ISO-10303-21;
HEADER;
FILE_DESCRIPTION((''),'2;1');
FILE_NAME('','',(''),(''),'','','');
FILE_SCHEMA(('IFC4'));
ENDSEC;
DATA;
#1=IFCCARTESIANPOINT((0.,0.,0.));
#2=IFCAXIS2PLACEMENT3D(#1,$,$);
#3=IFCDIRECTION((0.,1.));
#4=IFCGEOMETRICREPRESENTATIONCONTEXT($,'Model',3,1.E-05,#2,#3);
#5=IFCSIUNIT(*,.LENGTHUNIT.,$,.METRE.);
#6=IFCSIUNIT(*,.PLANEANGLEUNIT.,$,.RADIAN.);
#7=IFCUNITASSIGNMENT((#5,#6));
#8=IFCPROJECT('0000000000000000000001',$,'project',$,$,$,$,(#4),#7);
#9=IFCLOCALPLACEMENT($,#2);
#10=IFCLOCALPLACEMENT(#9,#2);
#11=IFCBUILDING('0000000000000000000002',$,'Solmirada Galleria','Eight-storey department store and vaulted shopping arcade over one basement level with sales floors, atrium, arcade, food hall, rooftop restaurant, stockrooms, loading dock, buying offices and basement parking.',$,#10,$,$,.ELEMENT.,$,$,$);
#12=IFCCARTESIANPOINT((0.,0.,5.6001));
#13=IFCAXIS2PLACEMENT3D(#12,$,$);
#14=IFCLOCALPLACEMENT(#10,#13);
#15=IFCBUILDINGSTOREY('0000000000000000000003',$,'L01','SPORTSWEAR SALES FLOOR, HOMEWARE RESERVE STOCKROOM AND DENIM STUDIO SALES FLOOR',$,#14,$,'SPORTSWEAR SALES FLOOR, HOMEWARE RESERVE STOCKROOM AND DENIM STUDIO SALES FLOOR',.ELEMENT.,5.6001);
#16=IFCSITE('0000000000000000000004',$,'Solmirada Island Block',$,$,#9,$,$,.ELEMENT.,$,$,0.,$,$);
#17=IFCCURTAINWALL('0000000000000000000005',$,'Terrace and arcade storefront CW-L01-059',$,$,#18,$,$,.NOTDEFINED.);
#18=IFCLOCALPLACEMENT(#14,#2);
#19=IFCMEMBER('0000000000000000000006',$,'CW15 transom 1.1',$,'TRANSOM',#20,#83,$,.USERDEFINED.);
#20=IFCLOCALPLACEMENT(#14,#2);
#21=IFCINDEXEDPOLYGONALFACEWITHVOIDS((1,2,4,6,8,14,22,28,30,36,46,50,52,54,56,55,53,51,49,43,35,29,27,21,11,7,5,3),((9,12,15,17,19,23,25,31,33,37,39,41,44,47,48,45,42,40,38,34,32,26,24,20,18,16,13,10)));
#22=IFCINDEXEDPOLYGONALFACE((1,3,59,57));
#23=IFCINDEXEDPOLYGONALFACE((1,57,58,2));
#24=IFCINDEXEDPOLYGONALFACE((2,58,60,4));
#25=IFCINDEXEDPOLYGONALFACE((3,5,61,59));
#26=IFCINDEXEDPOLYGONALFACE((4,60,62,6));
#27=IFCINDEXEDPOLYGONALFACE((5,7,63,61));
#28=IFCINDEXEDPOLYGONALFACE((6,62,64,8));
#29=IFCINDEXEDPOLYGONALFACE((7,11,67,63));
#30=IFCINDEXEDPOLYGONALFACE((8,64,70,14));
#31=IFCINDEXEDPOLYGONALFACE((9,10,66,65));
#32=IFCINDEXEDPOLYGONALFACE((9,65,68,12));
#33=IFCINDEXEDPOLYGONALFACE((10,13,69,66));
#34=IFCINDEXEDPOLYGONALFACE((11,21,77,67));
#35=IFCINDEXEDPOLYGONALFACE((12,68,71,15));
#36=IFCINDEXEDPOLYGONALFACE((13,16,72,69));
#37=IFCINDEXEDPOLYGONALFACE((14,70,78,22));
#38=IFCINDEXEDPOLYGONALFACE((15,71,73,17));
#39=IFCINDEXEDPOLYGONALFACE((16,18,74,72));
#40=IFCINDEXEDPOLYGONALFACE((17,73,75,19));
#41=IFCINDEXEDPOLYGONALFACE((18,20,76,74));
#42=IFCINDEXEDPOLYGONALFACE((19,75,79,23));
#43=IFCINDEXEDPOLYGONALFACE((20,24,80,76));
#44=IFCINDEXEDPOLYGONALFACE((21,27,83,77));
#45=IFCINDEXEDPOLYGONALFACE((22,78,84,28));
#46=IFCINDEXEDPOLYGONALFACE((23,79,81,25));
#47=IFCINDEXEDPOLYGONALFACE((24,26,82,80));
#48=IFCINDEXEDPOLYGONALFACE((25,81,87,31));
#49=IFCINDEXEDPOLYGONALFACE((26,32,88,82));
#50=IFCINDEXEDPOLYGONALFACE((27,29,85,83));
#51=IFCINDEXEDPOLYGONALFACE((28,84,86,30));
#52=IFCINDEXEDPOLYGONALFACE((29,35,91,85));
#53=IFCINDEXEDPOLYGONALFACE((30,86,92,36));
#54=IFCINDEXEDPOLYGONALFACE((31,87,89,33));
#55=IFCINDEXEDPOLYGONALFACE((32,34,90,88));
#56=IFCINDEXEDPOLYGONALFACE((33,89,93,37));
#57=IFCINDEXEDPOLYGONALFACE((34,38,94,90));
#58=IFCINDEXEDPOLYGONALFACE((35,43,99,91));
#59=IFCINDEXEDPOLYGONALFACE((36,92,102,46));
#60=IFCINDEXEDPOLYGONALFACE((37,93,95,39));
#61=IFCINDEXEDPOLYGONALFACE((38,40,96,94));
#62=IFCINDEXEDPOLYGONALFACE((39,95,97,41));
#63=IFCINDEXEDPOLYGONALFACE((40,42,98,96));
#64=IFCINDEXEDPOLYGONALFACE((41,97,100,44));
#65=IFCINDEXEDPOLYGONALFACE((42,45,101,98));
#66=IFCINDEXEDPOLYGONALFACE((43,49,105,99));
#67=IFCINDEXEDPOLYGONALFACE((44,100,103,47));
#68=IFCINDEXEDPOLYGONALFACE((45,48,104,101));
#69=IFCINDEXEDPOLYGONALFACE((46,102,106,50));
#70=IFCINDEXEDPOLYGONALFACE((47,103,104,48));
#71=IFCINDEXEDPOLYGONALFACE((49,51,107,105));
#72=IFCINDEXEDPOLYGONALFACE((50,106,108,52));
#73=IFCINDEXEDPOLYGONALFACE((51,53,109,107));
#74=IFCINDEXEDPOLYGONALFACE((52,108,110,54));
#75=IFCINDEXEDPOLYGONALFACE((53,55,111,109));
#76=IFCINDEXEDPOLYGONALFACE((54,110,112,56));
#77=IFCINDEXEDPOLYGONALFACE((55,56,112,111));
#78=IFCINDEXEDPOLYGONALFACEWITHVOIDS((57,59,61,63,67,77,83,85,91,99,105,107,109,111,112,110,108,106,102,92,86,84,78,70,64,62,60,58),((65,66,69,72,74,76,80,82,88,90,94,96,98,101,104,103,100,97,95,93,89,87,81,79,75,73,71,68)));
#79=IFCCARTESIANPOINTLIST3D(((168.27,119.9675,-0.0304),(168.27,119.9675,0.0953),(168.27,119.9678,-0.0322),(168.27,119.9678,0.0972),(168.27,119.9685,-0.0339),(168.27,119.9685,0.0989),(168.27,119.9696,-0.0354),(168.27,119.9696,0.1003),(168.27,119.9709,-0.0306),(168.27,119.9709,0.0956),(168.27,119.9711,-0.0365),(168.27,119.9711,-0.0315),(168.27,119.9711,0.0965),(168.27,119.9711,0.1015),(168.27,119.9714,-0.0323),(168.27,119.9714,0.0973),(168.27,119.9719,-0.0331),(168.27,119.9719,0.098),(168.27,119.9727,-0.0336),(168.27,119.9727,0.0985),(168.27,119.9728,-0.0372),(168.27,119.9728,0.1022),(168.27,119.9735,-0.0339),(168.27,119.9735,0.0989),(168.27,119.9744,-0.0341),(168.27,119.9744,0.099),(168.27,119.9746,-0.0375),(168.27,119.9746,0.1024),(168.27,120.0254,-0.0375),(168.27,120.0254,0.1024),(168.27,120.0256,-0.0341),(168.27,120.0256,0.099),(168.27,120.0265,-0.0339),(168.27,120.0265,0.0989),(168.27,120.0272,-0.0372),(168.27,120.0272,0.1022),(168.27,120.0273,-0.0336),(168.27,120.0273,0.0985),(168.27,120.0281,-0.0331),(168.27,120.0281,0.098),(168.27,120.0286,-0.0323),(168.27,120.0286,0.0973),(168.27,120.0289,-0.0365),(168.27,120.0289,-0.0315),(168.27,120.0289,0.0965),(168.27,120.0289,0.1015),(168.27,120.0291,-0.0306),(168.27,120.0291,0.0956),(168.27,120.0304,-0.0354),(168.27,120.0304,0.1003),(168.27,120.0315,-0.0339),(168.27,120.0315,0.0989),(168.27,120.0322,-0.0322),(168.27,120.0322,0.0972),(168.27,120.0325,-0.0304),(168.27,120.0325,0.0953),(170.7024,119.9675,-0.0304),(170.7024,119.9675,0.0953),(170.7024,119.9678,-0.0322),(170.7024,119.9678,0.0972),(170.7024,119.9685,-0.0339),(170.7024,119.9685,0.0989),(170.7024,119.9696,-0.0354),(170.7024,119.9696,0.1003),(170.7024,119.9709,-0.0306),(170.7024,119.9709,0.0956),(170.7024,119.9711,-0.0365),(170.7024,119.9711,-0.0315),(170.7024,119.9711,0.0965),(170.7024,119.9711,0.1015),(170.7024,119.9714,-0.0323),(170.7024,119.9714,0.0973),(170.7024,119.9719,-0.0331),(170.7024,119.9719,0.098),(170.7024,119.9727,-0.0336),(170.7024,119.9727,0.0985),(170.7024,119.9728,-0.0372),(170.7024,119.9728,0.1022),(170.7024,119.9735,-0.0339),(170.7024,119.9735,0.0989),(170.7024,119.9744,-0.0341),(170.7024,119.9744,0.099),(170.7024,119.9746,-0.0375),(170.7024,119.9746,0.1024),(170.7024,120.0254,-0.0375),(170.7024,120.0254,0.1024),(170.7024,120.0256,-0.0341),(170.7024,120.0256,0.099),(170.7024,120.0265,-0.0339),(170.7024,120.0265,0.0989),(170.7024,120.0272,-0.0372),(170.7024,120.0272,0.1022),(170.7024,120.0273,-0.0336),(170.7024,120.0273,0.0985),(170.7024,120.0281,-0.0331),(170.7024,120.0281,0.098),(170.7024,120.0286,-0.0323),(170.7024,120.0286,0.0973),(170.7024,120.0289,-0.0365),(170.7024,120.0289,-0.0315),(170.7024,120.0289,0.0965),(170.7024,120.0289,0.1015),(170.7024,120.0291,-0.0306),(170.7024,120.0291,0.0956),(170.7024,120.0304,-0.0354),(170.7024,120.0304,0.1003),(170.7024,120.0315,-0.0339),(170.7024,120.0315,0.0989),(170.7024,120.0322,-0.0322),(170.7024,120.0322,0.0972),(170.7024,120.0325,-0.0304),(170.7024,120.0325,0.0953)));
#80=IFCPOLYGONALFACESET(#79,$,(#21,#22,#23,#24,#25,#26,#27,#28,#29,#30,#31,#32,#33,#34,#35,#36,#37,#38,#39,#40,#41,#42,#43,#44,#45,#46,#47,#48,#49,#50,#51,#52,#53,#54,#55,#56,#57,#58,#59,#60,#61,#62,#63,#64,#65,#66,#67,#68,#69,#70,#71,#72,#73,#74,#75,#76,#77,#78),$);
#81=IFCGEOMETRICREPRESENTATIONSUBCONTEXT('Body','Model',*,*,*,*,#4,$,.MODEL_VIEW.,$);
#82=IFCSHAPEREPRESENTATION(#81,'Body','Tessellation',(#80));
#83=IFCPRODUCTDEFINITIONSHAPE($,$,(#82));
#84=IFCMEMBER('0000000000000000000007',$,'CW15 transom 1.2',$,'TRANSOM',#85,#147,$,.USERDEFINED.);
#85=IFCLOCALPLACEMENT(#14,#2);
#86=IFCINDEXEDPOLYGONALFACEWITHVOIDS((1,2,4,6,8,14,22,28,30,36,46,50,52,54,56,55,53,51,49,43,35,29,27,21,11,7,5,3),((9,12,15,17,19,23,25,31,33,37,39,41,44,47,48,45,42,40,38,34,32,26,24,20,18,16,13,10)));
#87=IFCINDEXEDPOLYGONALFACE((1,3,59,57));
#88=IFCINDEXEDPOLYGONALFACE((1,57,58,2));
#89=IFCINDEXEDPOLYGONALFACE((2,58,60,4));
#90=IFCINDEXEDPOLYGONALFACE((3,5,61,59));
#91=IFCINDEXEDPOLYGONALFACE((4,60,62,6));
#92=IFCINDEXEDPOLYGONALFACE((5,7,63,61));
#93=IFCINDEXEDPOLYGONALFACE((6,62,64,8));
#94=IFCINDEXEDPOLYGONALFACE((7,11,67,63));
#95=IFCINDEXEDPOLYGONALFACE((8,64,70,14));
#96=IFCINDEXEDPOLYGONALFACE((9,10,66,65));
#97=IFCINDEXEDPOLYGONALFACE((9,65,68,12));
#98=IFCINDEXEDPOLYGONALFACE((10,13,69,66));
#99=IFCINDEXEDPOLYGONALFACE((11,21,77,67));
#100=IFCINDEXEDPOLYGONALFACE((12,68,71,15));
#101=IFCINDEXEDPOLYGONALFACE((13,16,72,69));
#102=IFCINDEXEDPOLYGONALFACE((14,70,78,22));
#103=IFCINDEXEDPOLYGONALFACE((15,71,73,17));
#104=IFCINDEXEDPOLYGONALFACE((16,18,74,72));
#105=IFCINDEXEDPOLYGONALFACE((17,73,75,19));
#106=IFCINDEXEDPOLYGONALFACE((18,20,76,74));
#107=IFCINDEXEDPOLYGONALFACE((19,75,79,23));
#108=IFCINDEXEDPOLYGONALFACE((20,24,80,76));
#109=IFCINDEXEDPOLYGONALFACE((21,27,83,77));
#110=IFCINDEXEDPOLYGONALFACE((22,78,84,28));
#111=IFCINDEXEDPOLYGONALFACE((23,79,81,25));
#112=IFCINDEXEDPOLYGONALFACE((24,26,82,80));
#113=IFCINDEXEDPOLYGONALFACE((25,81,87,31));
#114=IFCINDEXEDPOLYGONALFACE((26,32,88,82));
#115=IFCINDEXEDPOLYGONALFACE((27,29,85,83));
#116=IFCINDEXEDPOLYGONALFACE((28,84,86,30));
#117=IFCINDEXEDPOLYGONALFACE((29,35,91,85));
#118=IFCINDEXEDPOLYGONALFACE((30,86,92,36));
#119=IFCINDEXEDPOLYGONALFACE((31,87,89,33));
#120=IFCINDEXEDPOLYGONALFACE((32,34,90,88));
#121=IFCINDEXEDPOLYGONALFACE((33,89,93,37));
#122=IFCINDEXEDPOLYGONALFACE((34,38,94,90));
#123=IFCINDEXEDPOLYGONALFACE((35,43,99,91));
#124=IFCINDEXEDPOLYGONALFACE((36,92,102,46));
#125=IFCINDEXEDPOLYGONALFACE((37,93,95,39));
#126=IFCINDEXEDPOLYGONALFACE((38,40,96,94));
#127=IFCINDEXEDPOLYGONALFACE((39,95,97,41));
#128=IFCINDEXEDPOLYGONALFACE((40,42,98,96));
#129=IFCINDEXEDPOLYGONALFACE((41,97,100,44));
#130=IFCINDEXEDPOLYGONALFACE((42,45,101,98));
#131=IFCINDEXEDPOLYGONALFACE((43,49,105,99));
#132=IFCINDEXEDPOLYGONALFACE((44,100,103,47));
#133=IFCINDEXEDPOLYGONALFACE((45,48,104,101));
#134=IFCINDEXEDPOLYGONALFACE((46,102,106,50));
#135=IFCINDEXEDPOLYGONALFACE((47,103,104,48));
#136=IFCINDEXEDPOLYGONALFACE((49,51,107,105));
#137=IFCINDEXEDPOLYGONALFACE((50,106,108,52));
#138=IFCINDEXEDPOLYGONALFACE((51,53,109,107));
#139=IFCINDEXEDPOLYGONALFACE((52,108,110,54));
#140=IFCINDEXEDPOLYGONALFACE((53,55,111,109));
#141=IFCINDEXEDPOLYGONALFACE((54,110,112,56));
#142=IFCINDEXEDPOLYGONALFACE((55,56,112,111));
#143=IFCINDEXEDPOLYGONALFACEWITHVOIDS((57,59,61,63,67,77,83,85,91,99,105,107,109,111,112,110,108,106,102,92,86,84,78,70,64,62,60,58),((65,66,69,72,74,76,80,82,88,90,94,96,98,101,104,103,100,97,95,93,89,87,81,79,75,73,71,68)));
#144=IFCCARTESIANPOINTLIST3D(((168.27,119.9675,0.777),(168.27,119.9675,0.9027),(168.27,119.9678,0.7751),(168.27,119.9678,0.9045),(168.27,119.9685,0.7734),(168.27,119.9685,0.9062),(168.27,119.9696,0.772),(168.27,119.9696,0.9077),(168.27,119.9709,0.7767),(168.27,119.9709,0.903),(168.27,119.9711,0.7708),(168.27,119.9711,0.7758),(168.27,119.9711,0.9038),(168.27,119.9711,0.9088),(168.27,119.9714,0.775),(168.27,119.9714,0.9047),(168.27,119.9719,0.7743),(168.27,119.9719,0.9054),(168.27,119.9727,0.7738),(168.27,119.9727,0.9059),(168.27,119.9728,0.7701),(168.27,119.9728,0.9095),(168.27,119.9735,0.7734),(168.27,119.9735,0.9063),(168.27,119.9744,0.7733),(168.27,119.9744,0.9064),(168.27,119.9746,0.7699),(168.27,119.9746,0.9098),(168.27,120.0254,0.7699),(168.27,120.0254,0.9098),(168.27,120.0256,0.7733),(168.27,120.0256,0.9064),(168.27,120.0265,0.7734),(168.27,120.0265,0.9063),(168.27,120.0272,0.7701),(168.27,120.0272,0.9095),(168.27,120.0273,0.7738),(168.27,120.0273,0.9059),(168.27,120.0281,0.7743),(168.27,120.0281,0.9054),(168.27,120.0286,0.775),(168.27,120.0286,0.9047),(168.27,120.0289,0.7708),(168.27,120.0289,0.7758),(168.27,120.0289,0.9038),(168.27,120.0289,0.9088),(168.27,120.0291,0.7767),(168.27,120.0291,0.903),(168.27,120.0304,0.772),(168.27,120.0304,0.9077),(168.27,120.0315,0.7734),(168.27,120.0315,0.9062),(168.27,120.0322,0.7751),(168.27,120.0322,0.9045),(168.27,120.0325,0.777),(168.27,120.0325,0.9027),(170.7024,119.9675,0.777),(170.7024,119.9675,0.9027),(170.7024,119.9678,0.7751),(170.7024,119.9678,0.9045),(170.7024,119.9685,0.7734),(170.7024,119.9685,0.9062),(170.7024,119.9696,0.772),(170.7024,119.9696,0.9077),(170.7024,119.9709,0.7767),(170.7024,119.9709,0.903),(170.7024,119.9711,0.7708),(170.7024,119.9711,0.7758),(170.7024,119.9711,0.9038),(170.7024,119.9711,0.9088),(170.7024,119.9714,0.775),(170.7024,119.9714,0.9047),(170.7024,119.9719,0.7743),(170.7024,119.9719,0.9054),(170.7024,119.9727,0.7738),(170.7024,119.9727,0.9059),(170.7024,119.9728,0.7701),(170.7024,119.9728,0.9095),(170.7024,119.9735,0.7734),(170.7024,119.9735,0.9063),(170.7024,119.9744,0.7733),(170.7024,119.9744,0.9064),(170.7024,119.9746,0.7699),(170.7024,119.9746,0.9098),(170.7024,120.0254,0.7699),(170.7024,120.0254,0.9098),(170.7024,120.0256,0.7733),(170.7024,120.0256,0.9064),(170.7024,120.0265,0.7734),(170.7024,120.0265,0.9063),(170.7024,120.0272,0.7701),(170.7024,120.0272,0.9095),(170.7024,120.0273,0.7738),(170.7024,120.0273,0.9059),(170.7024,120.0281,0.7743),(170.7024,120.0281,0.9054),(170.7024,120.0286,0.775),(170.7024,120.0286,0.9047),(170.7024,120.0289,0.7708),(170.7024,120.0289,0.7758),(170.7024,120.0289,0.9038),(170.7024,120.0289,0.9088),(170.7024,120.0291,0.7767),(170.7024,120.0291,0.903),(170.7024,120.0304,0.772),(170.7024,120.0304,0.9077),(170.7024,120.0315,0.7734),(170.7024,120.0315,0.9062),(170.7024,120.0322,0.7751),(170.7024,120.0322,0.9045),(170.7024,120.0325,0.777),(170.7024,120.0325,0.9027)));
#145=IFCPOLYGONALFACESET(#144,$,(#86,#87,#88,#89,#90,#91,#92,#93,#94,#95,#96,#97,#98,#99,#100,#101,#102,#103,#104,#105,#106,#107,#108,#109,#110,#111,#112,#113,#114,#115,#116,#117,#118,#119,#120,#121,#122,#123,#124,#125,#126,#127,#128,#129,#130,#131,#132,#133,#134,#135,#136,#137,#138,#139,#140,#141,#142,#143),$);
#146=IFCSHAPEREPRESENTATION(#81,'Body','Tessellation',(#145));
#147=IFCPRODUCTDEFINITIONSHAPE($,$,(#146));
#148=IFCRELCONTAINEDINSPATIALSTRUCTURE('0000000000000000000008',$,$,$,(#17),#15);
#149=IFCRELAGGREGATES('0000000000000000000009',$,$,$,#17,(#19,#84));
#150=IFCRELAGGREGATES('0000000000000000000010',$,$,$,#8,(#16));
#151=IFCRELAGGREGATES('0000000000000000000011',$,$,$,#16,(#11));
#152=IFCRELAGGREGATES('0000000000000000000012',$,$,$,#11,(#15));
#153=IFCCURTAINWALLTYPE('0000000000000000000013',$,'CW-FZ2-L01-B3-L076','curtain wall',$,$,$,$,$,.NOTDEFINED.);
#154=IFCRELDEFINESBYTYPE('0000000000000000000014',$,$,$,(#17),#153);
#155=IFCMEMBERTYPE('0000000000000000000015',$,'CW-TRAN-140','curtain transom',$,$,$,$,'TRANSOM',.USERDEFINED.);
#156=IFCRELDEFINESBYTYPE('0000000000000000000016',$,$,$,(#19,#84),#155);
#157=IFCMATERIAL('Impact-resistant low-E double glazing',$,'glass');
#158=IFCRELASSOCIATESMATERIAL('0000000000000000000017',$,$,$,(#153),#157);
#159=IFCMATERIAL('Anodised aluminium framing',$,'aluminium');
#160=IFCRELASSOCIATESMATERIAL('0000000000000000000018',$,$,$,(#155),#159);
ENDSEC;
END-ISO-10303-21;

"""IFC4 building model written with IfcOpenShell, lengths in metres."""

from ifc_helpers import new_model, si_unit, direction, frame, origin, origin_2d, place, context, subcontext, project, spatial, hollow_rectangle, extrude, material, material_profile, profile_set, type_object, element, aggregate, save


model = new_model("IFC4")

# Units and contexts
model_context = context("Model", 3, precision=1e-05, world=origin(), true_north=direction((0.0, 1.0)))
body_context = subcontext(model_context, "Body", "Model", "MODEL_VIEW")
ifc_project = project(units=[si_unit("LENGTHUNIT", "METRE"), si_unit("PLANEANGLEUNIT", "RADIAN")], contexts=[model_context])

# Site, building, storey
site_placement = place(None, origin())
site = spatial("IfcSite", under=ifc_project, at=site_placement, Name="Solmirada Island Block", CompositionType="ELEMENT", RefElevation=0.0)
building_placement = place(site_placement, origin())
building = spatial("IfcBuilding", under=site, at=building_placement, Name="Solmirada Galleria", Description="Eight-storey department store and vaulted shopping arcade over one basement level with sales floors, atrium, arcade, food hall, rooftop restaurant, stockrooms, loading dock, buying offices and basement parking.", CompositionType="ELEMENT")
storey_placement = place(building_placement, frame((0.0, 0.0, 5.6001)))
storey = spatial("IfcBuildingStorey", under=building, at=storey_placement, Name="L01", Description="SPORTSWEAR SALES FLOOR, HOMEWARE RESERVE STOCKROOM AND DENIM STUDIO SALES FLOOR", LongName="SPORTSWEAR SALES FLOOR, HOMEWARE RESERVE STOCKROOM AND DENIM STUDIO SALES FLOOR", CompositionType="ELEMENT", Elevation=5.6001)

# Curtain wall
ifc_material_1 = material(Name="Impact-resistant low-E double glazing", Category="glass")
curtain_wall_type = type_object("IfcCurtainWallType", Name="CW-FZ2-L01-B3-L076", Description="curtain wall", PredefinedType="NOTDEFINED", material=ifc_material_1)
curtain_wall_1_placement = place(storey_placement, origin())
curtain_wall_1 = element("IfcCurtainWall", 1, at=curtain_wall_1_placement, inside=storey, type_object=curtain_wall_type, Name="Terrace and arcade storefront CW-L01-059", PredefinedType="NOTDEFINED")
ifc_material_2 = material(Name="Anodised aluminium framing", Category="aluminium")

# Members
ifc_material_profile_1 = material_profile(ifc_material_2, hollow_rectangle(XDim=0.0649, YDim=0.1399, WallThickness=0.0034, InnerFilletRadius=0.0034, OuterFilletRadius=0.0071, at=origin_2d()), Name="ALU-TRAN-140X65")
ifc_profile_set_1 = profile_set([ifc_material_profile_1], Name="Anodised aluminium framing")
member_type_1 = type_object("IfcMemberType", Name="CW-TRAN-140", Description="curtain transom", ElementType="TRANSOM", PredefinedType="USERDEFINED", material=ifc_profile_set_1)
member_1_placement = place(storey_placement, frame((168.27, 120.0, 0.0325), z_axis=(1.0, 0.0, 0.0), x_axis=(0.0, 1.0, 0.0)))
member_1 = element("IfcMember", 2, at=member_1_placement, type_object=member_type_1, Name="CW15 transom 1.1", ObjectType="TRANSOM", PredefinedType="USERDEFINED", context=body_context, shape_type="SweptSolid", body=[
    extrude(hollow_rectangle(XDim=0.0649, YDim=0.1399, WallThickness=0.0034, InnerFilletRadius=0.0034, OuterFilletRadius=0.0071, at=origin_2d()), origin(), (0.0, 0.0, 1.0), 2.4324),
])
member_2_placement = place(storey_placement, frame((168.27, 120.0, 0.8398), z_axis=(1.0, 0.0, 0.0), x_axis=(0.0, 1.0, 0.0)))
member_2 = element("IfcMember", 3, at=member_2_placement, type_object=member_type_1, Name="CW15 transom 1.2", ObjectType="TRANSOM", PredefinedType="USERDEFINED", context=body_context, shape_type="SweptSolid", body=[
    extrude(hollow_rectangle(XDim=0.0649, YDim=0.1399, WallThickness=0.0034, InnerFilletRadius=0.0034, OuterFilletRadius=0.0071, at=origin_2d()), origin(), (0.0, 0.0, 1.0), 2.4324),
])

aggregate(curtain_wall_1, [member_1, member_2])

save(model, "model.ifc")
